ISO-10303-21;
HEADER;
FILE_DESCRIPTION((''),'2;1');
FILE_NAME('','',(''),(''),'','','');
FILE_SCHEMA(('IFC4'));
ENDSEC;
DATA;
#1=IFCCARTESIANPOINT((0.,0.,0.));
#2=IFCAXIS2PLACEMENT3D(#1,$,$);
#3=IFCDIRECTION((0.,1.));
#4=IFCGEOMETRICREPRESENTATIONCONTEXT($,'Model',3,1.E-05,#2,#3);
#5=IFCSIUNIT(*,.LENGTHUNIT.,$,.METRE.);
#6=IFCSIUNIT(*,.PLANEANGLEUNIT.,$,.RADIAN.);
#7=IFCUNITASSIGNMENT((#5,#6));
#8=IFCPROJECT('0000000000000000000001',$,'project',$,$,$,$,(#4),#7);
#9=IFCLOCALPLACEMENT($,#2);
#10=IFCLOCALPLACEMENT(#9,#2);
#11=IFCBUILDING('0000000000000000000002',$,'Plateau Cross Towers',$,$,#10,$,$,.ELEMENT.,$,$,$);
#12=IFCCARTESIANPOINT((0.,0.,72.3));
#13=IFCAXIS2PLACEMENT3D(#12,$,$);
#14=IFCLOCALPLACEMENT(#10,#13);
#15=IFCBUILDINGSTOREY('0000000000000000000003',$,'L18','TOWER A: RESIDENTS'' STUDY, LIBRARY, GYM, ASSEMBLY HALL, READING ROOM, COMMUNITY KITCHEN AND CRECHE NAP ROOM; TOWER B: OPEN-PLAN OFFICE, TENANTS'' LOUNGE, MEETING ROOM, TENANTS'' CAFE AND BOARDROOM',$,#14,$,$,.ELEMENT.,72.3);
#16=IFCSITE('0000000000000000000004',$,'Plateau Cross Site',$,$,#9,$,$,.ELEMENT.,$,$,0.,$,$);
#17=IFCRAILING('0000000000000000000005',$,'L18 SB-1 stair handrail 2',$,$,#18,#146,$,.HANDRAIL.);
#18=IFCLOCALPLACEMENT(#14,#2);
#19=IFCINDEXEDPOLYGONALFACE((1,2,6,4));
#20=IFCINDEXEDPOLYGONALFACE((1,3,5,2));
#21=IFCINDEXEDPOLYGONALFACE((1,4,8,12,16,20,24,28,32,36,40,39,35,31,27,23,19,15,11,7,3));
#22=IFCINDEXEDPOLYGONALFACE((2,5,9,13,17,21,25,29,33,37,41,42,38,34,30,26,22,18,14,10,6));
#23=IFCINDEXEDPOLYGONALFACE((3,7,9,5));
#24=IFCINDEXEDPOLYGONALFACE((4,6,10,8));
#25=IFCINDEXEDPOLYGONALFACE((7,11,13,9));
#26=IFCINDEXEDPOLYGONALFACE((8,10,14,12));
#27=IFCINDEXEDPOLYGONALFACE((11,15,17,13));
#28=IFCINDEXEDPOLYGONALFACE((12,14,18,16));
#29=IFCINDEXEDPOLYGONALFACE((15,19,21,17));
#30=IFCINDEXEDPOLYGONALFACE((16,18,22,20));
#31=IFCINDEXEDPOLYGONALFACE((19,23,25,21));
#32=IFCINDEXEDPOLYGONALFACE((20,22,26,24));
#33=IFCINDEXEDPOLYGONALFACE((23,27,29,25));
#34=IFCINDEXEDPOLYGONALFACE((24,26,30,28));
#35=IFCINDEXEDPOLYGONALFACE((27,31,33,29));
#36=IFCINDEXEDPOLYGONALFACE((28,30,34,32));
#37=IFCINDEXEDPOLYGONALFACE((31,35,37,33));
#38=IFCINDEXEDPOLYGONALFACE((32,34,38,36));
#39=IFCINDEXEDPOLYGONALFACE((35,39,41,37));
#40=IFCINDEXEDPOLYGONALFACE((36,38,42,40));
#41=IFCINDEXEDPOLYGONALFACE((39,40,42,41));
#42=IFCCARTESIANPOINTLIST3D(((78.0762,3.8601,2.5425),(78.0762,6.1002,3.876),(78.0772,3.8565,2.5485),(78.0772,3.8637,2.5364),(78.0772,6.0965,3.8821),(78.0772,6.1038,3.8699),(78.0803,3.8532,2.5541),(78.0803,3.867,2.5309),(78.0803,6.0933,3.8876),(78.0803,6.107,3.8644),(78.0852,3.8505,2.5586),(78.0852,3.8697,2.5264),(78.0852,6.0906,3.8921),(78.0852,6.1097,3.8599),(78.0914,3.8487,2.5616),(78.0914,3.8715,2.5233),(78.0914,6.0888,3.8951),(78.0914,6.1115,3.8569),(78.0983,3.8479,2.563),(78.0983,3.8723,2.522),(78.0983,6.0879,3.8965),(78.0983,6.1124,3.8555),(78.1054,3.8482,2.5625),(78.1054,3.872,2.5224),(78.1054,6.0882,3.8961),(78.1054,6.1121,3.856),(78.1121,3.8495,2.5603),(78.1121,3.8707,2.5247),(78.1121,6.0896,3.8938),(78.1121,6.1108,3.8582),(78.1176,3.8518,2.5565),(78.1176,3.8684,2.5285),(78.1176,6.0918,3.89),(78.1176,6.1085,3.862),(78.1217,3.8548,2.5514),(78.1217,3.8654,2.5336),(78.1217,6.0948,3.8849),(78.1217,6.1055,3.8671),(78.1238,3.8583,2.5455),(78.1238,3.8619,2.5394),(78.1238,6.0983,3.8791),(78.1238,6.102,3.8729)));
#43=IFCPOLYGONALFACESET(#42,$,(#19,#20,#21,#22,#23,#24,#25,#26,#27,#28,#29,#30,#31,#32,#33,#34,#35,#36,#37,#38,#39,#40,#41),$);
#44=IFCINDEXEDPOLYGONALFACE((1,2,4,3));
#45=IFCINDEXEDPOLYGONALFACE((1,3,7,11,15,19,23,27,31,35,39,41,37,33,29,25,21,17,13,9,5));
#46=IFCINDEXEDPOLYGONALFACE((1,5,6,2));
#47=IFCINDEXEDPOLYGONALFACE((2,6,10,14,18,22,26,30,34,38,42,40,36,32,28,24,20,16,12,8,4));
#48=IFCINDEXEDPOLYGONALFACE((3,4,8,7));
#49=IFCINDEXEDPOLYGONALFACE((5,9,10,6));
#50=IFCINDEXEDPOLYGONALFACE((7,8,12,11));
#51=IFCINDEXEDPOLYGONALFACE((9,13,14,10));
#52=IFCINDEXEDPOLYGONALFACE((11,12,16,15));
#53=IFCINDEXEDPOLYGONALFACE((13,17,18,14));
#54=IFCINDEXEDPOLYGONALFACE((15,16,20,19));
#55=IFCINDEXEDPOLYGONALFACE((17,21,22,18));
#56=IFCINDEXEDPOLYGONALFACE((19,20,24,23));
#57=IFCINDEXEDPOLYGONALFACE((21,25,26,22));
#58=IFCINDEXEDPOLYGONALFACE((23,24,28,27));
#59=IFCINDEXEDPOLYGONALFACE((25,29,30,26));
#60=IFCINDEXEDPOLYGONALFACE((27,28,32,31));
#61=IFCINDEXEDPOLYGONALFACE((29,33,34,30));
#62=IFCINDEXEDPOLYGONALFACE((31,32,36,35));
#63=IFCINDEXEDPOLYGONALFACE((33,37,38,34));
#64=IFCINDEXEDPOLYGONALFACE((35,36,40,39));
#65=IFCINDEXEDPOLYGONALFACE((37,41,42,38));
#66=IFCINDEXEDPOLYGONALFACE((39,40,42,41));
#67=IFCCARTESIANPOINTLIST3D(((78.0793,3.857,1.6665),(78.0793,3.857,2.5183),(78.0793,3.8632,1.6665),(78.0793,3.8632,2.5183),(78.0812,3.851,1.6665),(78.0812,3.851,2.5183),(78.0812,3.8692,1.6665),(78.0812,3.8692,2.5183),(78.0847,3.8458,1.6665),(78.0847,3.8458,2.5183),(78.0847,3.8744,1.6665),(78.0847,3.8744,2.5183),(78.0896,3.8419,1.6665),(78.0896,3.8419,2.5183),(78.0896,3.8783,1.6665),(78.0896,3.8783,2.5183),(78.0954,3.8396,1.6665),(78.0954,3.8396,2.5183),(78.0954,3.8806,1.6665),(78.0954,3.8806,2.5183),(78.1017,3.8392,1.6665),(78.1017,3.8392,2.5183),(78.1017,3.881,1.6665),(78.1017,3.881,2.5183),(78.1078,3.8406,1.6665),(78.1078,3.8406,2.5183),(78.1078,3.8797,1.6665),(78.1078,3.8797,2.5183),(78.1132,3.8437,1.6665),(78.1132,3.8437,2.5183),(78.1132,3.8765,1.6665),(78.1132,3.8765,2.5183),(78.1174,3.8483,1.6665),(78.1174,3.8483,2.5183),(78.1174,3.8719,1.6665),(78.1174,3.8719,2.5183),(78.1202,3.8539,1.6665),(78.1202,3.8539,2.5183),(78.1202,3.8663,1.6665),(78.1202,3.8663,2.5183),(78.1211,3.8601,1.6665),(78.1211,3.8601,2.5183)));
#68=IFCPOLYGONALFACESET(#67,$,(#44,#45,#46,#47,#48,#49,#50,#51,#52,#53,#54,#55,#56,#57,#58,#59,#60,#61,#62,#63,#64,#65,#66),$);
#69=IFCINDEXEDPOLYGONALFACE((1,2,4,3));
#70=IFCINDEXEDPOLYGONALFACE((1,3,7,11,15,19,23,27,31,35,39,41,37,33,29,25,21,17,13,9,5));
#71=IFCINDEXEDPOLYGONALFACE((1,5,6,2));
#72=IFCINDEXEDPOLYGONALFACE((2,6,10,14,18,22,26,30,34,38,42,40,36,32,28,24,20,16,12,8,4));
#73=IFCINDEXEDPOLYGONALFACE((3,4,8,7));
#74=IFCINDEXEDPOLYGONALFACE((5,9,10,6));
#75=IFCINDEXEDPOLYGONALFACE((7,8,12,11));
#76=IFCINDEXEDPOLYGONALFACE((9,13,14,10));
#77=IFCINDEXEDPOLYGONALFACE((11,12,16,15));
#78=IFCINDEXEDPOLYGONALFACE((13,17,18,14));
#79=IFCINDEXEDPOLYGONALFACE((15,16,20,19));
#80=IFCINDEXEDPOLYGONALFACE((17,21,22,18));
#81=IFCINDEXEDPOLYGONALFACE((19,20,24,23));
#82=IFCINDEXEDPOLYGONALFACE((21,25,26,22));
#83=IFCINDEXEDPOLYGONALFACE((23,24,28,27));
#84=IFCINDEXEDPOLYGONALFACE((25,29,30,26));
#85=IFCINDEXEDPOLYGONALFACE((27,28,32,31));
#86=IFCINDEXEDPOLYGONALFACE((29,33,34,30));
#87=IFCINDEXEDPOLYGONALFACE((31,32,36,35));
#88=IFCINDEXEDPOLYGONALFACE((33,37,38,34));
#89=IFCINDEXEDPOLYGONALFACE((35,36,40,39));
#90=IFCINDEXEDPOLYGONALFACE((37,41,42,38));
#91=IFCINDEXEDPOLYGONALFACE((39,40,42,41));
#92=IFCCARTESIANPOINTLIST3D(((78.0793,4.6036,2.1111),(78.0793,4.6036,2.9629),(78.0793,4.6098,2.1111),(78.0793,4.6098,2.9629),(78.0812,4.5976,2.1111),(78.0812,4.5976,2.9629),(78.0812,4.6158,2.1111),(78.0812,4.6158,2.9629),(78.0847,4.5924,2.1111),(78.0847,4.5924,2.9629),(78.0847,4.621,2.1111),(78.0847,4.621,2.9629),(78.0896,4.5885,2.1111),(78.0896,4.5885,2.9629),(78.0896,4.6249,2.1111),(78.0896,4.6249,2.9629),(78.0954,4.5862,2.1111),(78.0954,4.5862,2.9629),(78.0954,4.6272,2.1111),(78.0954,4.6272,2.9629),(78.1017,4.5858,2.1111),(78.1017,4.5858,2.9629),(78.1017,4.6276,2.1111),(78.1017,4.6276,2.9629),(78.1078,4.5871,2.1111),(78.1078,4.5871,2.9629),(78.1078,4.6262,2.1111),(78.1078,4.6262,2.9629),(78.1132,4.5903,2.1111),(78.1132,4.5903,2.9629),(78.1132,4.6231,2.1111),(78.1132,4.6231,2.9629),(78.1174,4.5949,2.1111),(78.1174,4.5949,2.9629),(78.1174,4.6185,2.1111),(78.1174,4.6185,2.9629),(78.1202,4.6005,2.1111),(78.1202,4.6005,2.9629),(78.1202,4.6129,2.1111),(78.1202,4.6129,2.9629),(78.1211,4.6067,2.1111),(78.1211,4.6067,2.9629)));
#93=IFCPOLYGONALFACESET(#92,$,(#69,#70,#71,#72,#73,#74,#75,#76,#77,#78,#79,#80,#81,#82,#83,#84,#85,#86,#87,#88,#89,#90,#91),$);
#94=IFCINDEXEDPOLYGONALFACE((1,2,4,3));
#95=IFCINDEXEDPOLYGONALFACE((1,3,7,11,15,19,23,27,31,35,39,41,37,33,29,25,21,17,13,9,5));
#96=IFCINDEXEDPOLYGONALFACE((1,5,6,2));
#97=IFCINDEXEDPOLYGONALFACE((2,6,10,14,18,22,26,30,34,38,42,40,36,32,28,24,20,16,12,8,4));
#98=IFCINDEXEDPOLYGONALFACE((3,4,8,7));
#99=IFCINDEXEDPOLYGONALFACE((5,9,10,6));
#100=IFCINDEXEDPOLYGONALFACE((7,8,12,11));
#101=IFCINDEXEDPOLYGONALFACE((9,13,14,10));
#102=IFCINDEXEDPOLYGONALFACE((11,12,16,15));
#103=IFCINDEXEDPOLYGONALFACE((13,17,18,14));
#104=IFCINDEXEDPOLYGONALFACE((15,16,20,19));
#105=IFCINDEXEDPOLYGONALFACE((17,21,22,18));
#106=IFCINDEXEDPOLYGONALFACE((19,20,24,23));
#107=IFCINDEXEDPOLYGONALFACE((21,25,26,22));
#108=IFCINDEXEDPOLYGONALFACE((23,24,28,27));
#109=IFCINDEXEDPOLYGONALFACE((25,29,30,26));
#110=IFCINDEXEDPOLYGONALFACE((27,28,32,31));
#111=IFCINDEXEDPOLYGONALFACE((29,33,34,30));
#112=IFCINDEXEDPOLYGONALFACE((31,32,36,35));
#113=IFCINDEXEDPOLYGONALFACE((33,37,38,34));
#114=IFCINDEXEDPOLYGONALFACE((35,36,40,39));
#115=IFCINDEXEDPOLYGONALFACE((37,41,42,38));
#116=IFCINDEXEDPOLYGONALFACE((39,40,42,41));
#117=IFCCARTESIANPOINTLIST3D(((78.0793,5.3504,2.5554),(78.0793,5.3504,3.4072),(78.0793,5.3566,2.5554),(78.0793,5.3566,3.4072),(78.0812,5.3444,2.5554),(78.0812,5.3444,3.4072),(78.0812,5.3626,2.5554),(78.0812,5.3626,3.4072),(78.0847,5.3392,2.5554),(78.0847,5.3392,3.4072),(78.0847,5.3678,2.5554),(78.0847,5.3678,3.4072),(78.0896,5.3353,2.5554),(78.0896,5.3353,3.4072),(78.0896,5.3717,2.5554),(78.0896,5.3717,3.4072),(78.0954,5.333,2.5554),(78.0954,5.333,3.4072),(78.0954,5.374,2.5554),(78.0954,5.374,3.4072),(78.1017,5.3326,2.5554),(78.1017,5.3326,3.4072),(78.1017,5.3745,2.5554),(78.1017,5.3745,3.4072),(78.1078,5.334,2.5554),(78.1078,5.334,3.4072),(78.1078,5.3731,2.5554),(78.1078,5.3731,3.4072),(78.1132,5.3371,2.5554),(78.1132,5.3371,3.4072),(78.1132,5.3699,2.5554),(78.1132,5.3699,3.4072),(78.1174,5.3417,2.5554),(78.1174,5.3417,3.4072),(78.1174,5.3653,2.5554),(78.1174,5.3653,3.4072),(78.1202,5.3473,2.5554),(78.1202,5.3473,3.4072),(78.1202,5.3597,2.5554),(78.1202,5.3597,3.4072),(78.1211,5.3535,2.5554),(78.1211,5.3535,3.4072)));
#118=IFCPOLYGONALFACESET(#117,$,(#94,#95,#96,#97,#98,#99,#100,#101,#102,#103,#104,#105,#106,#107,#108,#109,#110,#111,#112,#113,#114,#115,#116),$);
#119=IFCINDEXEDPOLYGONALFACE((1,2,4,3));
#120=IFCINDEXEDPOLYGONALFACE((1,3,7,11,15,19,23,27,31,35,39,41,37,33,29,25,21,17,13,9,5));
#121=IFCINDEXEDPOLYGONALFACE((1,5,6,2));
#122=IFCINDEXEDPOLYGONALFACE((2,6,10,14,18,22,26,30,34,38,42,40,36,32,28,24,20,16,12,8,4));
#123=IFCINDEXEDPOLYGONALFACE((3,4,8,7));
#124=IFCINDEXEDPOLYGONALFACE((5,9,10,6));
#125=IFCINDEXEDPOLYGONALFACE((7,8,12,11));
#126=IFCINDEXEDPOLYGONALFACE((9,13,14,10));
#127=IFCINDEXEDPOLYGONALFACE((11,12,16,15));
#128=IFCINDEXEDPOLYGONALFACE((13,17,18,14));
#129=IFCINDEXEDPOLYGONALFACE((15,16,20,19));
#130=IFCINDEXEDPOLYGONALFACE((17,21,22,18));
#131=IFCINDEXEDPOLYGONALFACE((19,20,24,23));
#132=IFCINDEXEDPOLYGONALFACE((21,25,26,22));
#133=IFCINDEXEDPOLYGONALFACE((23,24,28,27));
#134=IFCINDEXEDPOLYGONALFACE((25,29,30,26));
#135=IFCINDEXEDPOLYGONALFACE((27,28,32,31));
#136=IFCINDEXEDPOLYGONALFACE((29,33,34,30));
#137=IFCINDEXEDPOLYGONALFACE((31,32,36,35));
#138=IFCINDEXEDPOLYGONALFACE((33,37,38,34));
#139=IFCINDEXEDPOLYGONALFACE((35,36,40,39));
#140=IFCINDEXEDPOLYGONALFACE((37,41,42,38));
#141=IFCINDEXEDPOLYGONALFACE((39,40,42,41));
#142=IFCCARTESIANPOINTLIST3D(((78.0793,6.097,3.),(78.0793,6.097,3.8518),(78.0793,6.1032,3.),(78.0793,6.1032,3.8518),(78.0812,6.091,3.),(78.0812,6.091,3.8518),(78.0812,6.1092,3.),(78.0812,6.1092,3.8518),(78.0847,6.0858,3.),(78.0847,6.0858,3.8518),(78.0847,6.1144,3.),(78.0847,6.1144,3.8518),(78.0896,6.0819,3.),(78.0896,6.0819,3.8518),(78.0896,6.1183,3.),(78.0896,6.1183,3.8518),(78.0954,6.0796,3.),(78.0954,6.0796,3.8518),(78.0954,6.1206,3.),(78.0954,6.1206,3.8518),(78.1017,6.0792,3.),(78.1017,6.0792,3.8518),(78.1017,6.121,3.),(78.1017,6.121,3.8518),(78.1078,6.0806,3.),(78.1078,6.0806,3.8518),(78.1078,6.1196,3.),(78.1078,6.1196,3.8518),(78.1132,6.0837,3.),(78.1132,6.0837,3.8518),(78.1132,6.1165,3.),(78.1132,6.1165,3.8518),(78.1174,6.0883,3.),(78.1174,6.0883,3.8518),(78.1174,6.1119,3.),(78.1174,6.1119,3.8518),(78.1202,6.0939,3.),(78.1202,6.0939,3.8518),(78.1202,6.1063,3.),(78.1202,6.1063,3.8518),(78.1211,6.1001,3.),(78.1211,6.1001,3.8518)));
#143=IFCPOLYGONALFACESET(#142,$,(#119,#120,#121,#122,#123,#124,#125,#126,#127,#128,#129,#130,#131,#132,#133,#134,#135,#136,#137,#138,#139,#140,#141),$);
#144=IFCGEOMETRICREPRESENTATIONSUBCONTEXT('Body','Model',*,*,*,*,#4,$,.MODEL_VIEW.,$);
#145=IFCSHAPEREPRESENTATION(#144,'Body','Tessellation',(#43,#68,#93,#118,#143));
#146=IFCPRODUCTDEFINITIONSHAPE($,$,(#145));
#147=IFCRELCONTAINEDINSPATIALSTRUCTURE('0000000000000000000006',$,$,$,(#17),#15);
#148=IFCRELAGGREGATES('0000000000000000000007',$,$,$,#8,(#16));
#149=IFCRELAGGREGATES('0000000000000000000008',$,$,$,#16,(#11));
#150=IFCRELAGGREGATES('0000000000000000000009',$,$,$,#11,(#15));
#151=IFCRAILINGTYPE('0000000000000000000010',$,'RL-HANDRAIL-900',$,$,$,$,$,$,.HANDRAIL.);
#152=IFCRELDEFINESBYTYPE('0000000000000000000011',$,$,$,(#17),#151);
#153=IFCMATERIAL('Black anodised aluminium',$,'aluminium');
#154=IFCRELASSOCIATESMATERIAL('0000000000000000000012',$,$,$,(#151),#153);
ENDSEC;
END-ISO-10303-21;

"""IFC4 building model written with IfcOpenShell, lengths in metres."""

from ifc_helpers import new_model, si_unit, direction, frame, origin, origin_2d, place, context, subcontext, project, spatial, circle, extrude, material, type_object, element, save


model = new_model("IFC4")

# Units and contexts
model_context = context("Model", 3, precision=1e-05, world=origin(), true_north=direction((0.0, 1.0)))
body_context = subcontext(model_context, "Body", "Model", "MODEL_VIEW")
ifc_project = project(units=[si_unit("LENGTHUNIT", "METRE"), si_unit("PLANEANGLEUNIT", "RADIAN")], contexts=[model_context])

# Site, building, storey
site_placement = place(None, origin())
site = spatial("IfcSite", under=ifc_project, at=site_placement, Name="Plateau Cross Site", CompositionType="ELEMENT", RefElevation=0.0)
building_placement = place(site_placement, origin())
building = spatial("IfcBuilding", under=site, at=building_placement, Name="Plateau Cross Towers", CompositionType="ELEMENT")
storey_placement = place(building_placement, frame((0.0, 0.0, 72.3)))
storey = spatial("IfcBuildingStorey", under=building, at=storey_placement, Name="L18", Description="TOWER A: RESIDENTS' STUDY, LIBRARY, GYM, ASSEMBLY HALL, READING ROOM, COMMUNITY KITCHEN AND CRECHE NAP ROOM; TOWER B: OPEN-PLAN OFFICE, TENANTS' LOUNGE, MEETING ROOM, TENANTS' CAFE AND BOARDROOM", CompositionType="ELEMENT", Elevation=72.3)

# Shared definitions
ifc_material_1 = material(Name="Black anodised aluminium", Category="aluminium")

# Railing
railing_type_1 = type_object("IfcRailingType", Name="RL-HANDRAIL-900", PredefinedType="HANDRAIL", material=ifc_material_1)
railing_1_placement = place(storey_placement, frame((78.1001, 3.8601, 1.6665)))
element("IfcRailing", 1, at=railing_1_placement, inside=storey, type_object=railing_type_1, Name="L18 SB-1 stair handrail 2", PredefinedType="HANDRAIL", context=body_context, shape_type="SweptSolid", body=[
    extrude(circle(Radius=0.0239, at=origin_2d()), frame((0.0, 0.0, 0.876), z_axis=(0.0, 0.859264, 0.511532), x_axis=(-1.0, 0.0, 0.0)), (0.0, 0.0, 1.0), 2.6069),
    extrude(circle(Radius=0.021, at=origin_2d()), origin(), (0.0, 0.0, 1.0), 0.8518),
    extrude(circle(Radius=0.021, at=origin_2d()), frame((0.0, 0.7466, 0.4446)), (0.0, 0.0, 1.0), 0.8518),
    extrude(circle(Radius=0.021, at=origin_2d()), frame((0.0, 1.4934, 0.8889)), (0.0, 0.0, 1.0), 0.8518),
    extrude(circle(Radius=0.021, at=origin_2d()), frame((0.0, 2.24, 1.3335)), (0.0, 0.0, 1.0), 0.8518),
])

save(model, "model.ifc")
